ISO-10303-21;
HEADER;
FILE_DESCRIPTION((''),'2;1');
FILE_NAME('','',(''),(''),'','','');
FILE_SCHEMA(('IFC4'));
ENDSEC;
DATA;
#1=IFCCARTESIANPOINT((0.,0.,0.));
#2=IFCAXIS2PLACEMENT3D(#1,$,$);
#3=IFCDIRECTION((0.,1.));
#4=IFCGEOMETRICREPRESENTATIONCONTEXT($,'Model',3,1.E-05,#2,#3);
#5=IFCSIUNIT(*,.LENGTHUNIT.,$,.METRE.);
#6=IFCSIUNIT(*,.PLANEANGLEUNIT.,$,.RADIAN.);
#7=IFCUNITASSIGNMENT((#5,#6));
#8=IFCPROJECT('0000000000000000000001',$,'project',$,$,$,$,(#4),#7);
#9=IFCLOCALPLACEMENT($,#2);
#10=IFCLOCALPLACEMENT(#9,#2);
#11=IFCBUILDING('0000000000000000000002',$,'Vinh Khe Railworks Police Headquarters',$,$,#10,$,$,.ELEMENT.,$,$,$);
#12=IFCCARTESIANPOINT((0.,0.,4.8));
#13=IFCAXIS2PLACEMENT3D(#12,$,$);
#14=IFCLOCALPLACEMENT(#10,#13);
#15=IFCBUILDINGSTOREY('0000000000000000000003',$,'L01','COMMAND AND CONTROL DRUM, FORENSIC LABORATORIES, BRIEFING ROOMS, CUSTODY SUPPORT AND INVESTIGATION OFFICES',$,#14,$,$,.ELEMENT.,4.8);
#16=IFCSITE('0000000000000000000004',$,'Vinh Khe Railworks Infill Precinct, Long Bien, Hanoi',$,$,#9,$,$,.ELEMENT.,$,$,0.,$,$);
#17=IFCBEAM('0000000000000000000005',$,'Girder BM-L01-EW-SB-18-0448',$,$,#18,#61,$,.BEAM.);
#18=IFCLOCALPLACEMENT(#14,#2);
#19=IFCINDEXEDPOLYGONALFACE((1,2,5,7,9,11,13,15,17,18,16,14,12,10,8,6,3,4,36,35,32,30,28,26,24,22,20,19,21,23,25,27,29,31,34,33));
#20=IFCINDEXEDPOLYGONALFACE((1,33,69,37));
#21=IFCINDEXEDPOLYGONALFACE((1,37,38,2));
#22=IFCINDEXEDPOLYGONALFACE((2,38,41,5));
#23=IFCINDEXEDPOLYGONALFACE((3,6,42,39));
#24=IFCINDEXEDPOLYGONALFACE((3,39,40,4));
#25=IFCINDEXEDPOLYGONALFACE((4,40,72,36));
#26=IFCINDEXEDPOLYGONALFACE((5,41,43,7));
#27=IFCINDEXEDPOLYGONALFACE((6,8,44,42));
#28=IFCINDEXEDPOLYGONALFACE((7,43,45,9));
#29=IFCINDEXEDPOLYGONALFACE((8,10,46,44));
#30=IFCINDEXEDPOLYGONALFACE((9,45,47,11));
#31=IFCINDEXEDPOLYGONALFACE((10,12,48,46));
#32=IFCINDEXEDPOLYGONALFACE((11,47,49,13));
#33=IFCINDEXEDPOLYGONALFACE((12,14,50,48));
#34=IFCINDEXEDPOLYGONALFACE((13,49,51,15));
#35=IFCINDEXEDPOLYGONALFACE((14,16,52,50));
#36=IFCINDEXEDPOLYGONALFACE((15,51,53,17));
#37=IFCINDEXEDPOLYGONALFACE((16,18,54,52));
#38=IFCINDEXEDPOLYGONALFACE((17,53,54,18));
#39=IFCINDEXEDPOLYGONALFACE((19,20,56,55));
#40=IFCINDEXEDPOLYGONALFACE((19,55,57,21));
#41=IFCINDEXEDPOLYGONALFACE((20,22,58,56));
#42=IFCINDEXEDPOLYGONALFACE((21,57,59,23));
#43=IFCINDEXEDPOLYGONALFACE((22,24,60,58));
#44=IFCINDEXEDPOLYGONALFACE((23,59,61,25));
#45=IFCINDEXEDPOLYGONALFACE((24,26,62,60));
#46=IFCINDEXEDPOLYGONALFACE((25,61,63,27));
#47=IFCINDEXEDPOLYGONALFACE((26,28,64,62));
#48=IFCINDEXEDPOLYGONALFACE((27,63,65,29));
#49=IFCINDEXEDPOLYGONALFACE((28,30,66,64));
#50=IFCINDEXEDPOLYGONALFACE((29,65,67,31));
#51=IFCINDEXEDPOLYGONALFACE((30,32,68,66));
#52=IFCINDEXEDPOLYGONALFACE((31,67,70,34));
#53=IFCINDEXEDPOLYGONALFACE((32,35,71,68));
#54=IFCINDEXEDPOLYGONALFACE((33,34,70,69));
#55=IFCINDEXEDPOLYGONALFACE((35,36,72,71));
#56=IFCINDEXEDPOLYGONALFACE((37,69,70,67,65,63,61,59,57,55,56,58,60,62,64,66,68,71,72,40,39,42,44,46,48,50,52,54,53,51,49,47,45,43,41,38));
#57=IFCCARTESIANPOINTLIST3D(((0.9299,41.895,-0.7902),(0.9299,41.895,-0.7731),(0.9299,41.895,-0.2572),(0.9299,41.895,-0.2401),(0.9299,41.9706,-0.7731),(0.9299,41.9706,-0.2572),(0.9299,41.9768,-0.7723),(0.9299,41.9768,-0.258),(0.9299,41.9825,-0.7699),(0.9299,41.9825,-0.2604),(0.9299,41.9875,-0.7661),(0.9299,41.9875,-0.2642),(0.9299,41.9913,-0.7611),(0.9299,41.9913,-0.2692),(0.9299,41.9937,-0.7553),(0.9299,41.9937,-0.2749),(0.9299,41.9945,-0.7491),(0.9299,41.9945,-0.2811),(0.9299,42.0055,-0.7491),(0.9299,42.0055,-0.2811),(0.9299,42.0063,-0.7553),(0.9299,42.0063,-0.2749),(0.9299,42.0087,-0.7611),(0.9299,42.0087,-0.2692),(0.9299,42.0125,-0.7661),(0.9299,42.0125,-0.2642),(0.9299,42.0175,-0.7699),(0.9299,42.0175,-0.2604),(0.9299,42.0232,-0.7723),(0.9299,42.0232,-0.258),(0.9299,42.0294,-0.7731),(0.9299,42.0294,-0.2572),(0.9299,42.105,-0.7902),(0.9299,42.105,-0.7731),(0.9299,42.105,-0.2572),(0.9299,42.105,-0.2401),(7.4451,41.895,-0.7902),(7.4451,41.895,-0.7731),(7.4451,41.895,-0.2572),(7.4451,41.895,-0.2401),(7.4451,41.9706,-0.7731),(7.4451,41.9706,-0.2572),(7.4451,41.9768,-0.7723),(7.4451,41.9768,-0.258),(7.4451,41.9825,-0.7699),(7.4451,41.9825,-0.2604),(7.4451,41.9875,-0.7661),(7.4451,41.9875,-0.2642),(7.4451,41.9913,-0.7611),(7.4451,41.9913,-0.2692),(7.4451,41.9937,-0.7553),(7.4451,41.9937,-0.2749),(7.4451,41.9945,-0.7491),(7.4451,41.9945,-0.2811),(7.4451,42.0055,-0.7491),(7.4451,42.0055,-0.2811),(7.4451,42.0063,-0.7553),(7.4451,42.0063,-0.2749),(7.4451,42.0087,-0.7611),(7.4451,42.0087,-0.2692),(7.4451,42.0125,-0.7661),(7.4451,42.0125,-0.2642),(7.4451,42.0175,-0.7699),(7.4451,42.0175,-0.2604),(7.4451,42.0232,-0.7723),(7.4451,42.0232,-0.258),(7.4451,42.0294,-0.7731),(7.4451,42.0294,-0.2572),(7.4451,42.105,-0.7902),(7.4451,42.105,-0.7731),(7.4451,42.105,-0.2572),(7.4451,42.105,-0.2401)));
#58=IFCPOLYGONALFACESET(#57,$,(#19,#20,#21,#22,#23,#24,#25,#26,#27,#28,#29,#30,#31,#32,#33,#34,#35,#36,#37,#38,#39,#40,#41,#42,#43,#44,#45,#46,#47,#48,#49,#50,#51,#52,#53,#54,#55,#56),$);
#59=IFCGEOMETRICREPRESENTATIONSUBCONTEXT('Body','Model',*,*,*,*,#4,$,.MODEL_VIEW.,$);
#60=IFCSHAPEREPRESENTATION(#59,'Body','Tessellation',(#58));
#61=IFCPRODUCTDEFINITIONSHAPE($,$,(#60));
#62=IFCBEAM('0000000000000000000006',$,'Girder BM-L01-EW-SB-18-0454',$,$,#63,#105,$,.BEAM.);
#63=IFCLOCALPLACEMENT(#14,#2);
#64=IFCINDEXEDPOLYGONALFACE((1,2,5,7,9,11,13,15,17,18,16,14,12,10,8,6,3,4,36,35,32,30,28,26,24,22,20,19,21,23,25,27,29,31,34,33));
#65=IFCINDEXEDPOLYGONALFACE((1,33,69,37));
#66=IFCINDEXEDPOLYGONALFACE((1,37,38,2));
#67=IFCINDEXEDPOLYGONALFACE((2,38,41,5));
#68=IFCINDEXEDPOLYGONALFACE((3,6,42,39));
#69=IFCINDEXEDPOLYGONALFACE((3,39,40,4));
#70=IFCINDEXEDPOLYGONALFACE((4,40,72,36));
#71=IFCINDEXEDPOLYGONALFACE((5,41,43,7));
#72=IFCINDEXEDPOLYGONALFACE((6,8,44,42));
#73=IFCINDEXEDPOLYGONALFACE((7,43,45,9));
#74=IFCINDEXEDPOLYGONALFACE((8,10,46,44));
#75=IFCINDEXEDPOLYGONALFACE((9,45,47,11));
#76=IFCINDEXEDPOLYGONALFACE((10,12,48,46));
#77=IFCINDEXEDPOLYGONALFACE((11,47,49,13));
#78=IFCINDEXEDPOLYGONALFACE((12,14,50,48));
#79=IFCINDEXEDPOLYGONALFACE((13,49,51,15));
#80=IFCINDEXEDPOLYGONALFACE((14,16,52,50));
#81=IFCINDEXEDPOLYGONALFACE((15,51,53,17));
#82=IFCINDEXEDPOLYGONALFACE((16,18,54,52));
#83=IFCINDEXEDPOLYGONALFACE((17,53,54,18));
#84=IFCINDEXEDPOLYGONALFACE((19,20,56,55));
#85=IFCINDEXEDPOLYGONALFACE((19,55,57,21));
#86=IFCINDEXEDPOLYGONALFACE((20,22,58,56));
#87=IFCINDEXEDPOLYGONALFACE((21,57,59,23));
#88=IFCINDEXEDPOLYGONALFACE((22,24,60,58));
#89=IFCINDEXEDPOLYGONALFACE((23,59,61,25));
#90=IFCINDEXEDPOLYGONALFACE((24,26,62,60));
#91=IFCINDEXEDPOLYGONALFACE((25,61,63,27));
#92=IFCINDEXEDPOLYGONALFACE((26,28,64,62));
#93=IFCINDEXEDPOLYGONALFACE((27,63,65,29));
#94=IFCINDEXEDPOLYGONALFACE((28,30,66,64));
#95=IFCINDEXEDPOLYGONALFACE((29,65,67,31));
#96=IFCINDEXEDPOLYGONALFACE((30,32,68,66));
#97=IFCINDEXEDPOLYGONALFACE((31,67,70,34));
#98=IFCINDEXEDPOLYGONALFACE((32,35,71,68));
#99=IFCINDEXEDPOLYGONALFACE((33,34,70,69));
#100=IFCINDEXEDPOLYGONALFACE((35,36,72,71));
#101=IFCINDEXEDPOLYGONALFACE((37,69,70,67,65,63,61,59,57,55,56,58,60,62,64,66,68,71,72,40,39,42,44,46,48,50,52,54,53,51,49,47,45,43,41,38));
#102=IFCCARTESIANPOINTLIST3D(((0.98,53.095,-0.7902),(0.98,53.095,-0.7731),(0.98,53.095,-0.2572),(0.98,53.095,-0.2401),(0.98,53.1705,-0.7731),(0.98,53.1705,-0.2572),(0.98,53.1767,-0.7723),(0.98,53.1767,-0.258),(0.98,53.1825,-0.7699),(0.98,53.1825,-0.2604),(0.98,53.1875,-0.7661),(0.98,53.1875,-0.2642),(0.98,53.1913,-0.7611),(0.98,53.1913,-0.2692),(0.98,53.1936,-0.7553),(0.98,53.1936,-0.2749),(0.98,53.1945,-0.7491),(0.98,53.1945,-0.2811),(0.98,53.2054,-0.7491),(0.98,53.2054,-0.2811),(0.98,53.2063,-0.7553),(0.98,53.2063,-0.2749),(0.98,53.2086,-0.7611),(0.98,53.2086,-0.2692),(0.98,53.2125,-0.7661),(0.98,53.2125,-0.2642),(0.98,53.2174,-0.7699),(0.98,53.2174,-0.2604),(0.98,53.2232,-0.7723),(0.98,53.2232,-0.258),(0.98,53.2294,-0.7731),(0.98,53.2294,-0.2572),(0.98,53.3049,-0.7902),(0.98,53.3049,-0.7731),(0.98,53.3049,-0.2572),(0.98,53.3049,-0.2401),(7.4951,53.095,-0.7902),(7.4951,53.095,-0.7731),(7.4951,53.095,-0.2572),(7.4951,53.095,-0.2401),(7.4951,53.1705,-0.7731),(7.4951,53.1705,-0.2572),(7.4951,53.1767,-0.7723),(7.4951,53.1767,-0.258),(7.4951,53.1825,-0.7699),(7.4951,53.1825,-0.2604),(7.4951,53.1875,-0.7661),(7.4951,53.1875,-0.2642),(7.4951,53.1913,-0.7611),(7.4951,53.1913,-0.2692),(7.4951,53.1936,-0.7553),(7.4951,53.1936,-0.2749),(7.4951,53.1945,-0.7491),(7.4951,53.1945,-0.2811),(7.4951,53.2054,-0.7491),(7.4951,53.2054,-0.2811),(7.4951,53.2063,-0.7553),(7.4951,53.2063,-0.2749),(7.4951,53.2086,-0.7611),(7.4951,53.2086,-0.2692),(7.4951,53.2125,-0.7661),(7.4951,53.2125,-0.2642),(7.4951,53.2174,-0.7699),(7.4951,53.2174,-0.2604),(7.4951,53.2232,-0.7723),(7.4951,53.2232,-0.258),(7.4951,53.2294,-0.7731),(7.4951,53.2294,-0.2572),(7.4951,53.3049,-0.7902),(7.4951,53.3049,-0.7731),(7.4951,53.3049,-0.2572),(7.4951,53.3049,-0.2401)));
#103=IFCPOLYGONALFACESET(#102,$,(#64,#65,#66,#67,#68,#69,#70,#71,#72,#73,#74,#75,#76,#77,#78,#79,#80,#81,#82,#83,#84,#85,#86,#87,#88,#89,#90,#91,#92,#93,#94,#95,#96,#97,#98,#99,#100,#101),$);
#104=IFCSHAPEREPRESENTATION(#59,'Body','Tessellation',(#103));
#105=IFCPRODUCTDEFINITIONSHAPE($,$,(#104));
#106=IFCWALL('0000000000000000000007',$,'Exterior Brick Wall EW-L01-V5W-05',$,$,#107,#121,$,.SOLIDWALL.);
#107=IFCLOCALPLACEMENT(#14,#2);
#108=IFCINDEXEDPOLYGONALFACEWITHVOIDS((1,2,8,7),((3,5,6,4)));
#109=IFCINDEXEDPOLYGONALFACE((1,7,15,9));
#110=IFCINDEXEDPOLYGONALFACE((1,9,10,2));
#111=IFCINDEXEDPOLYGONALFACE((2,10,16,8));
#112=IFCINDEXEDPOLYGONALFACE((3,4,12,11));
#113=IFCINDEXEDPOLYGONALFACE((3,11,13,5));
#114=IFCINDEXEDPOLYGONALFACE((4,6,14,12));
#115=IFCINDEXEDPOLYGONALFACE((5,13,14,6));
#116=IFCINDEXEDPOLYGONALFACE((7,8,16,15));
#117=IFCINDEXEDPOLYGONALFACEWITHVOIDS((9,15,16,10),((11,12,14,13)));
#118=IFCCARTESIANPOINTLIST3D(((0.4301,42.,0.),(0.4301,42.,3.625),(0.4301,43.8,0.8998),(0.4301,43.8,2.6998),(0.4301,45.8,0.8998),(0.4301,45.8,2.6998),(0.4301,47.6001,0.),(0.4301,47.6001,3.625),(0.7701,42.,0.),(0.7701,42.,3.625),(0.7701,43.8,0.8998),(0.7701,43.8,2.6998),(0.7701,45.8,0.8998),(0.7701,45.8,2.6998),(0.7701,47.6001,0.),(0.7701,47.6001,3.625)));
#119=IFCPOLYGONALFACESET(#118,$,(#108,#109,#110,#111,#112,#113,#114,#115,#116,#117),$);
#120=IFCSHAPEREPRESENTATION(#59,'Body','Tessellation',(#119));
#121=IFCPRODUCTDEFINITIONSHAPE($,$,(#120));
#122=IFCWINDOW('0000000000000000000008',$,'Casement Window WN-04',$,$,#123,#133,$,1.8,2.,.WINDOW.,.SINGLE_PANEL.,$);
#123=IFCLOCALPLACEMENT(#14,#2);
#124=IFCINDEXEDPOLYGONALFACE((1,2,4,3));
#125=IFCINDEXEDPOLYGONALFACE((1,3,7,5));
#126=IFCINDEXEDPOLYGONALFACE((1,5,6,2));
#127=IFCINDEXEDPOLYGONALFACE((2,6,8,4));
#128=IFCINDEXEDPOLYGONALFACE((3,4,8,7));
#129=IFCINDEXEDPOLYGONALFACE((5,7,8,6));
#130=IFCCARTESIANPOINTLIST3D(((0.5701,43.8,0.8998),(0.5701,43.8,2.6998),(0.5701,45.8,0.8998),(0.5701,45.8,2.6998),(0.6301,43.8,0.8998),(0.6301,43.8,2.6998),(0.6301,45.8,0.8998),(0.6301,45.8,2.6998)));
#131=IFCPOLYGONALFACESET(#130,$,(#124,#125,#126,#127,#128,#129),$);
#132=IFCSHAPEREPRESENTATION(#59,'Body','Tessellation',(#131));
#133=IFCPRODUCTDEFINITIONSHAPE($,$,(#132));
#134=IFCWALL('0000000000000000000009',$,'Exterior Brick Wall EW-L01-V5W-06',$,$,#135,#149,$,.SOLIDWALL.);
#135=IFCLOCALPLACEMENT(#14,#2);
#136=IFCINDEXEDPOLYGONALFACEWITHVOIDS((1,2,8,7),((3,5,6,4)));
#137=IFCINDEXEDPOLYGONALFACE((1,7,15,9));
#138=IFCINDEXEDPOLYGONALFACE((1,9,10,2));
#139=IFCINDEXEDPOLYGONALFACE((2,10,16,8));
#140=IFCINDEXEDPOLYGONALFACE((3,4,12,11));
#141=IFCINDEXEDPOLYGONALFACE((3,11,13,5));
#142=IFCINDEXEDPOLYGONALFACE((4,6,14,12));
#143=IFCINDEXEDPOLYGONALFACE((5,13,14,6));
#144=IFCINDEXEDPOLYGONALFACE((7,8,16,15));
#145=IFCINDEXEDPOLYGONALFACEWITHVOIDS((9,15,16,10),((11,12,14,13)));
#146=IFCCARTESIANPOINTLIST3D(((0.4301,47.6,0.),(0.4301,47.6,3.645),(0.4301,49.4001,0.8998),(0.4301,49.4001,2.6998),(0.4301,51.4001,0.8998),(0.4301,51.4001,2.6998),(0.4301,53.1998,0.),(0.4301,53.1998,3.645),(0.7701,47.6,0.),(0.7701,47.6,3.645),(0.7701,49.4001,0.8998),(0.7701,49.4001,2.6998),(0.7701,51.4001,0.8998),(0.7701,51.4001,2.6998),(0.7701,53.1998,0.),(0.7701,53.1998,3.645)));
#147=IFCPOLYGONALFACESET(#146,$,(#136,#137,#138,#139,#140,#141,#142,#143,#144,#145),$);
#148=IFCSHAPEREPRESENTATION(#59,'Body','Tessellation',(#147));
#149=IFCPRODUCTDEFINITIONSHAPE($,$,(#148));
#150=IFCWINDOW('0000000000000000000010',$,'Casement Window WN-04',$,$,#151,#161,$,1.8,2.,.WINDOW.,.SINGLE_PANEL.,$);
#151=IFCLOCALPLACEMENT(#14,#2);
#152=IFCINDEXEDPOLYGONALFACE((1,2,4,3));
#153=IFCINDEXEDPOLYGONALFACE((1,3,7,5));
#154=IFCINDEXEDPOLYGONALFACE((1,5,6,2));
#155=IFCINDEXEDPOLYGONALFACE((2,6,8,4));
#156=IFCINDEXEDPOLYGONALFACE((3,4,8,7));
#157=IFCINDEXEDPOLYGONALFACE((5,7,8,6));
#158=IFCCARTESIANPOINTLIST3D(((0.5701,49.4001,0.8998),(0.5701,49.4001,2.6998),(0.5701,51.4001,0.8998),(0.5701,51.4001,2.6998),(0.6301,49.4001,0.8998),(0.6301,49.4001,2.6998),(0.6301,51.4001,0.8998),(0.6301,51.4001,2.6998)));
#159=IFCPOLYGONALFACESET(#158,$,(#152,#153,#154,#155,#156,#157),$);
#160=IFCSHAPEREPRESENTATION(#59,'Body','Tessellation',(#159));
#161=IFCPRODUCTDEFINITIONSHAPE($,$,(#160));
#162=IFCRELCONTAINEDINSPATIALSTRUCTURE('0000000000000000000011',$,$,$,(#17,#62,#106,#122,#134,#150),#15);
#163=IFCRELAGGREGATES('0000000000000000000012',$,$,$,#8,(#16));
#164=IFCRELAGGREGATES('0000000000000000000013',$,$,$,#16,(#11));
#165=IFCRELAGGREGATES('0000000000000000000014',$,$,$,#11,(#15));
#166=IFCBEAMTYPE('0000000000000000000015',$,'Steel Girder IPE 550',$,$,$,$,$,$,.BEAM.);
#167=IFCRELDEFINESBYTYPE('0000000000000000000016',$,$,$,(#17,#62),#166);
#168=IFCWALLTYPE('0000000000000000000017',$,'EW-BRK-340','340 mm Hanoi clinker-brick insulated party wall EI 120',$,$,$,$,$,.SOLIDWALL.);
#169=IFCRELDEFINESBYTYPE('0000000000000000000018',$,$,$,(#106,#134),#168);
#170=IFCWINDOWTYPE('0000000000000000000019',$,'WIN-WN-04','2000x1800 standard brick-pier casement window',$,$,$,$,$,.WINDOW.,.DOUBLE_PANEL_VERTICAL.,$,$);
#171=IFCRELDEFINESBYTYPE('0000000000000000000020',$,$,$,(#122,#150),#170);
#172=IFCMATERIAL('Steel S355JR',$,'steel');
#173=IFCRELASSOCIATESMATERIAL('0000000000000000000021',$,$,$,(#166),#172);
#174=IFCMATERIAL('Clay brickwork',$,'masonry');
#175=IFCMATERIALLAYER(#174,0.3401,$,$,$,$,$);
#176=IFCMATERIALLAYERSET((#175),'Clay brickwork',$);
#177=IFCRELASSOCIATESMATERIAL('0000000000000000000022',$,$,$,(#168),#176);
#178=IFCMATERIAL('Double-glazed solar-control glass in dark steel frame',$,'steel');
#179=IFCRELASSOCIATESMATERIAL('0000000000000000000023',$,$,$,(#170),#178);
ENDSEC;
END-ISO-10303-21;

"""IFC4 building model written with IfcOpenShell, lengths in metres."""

from ifc_helpers import new_model, si_unit, direction, frame, frame_2d, origin, origin_2d, place, context, subcontext, project, spatial, rectangle, i_section, extrude, material, layer, layer_set, material_profile, profile_set, type_object, element, fill, save


model = new_model("IFC4")

# Units and contexts
model_context = context("Model", 3, precision=1e-05, world=origin(), true_north=direction((0.0, 1.0)))
body_context = subcontext(model_context, "Body", "Model", "MODEL_VIEW")
ifc_project = project(units=[si_unit("LENGTHUNIT", "METRE"), si_unit("PLANEANGLEUNIT", "RADIAN")], contexts=[model_context])

# Site, building, storey
site_placement = place(None, origin())
site = spatial("IfcSite", under=ifc_project, at=site_placement, Name="Vinh Khe Railworks Infill Precinct, Long Bien, Hanoi", CompositionType="ELEMENT", RefElevation=0.0)
building_placement = place(site_placement, origin())
building = spatial("IfcBuilding", under=site, at=building_placement, Name="Vinh Khe Railworks Police Headquarters", CompositionType="ELEMENT")
storey_placement = place(building_placement, frame((0.0, 0.0, 4.8)))
storey = spatial("IfcBuildingStorey", under=building, at=storey_placement, Name="L01", Description="COMMAND AND CONTROL DRUM, FORENSIC LABORATORIES, BRIEFING ROOMS, CUSTODY SUPPORT AND INVESTIGATION OFFICES", CompositionType="ELEMENT", Elevation=4.8)

# Beams
ifc_material_1 = material(Name="Steel S355JR", Category="steel")
ifc_material_profile_1 = material_profile(ifc_material_1, i_section(OverallWidth=0.21, OverallDepth=0.55, WebThickness=0.011, FlangeThickness=0.0171, FilletRadius=0.0239, at=origin_2d()), Name="IPE 550")
ifc_profile_set_1 = profile_set([ifc_material_profile_1], Name="Steel S355JR")
beam_type_1 = type_object("IfcBeamType", Name="Steel Girder IPE 550", PredefinedType="BEAM", material=ifc_profile_set_1)
for number, where, z_axis, x_axis, name in (
    (1, (0.9299, 42.0, -0.5151), (1.0, 0.0, 0.0), (0.0, 1.0, 0.0), "Girder BM-L01-EW-SB-18-0448"),
    (2, (0.98, 53.2, -0.5151), (1.0, 0.0, 0.0), (0.0, 1.0, 0.0), "Girder BM-L01-EW-SB-18-0454"),
):
    element("IfcBeam", number, at=place(storey_placement, frame(where, z_axis=z_axis, x_axis=x_axis)), inside=storey, type_object=beam_type_1, Name=name, PredefinedType="BEAM", context=body_context, shape_type="SweptSolid", body=[
        extrude(i_section(OverallWidth=0.21, OverallDepth=0.55, WebThickness=0.011, FlangeThickness=0.0171, FilletRadius=0.0239, at=origin_2d()), origin(), (0.0, 0.0, 1.0), 6.5151),
    ])

# Walls, openings, windows
ifc_material_2 = material(Name="Clay brickwork", Category="masonry")
ifc_layer = layer(ifc_material_2, 0.3401)
ifc_layer_set = layer_set([ifc_layer], Name="Clay brickwork")
wall_type = type_object("IfcWallType", Name="EW-BRK-340", Description="340 mm Hanoi clinker-brick insulated party wall EI 120", PredefinedType="SOLIDWALL", material=ifc_layer_set)
wall_1_placement = place(storey_placement, frame((0.6001, 42.0, 0.0), z_axis=(0.0, 0.0, 1.0), x_axis=(0.0, 1.0, 0.0)))
wall_1 = element("IfcWall", 3, at=wall_1_placement, inside=storey, type_object=wall_type, Name="Exterior Brick Wall EW-L01-V5W-05", PredefinedType="SOLIDWALL", context=body_context, shape_type="SweptSolid", body=[
    extrude(rectangle(XDim=5.6001, YDim=0.3401, at=frame_2d((2.8, 0.0))), origin(), (0.0, 0.0, 1.0), 3.625),
])
opening_1_placement = place(wall_1_placement, frame((1.8, 0.0, 0.8999)))
opening_1 = element("IfcOpeningElement", 4, at=opening_1_placement, cuts=wall_1, PredefinedType="OPENING", context=body_context, shape_type="SweptSolid", body=[
    extrude(rectangle(XDim=2.0, YDim=1.8, at=frame_2d((1.0, 0.8999))), frame((0.0, 0.1851, 0.0), z_axis=(0.0, -1.0, 0.0), x_axis=(1.0, 0.0, 0.0)), (0.0, 0.0, 1.0), 0.3699),
])
ifc_material_3 = material(Name="Double-glazed solar-control glass in dark steel frame", Category="steel")
window_type = type_object("IfcWindowType", Name="WIN-WN-04", Description="2000x1800 standard brick-pier casement window", PartitioningType="DOUBLE_PANEL_VERTICAL", PredefinedType="WINDOW", material=ifc_material_3)
window_1_placement = place(opening_1_placement, origin())
window_1 = element("IfcWindow", 5, at=window_1_placement, inside=storey, type_object=window_type, Name="Casement Window WN-04", OverallHeight=1.8, OverallWidth=2.0, PartitioningType="SINGLE_PANEL", PredefinedType="WINDOW", context=body_context, shape_type="SweptSolid", body=[
    extrude(rectangle(XDim=2.0, YDim=1.8, at=frame_2d((1.0, 0.8999))), frame((0.0, 0.03, 0.0), z_axis=(0.0, -1.0, 0.0), x_axis=(1.0, 0.0, 0.0)), (0.0, 0.0, 1.0), 0.0601),
])
fill(opening_1, window_1)
wall_2_placement = place(storey_placement, frame((0.6001, 47.6001, 0.0), z_axis=(0.0, 0.0, 1.0), x_axis=(0.0, 1.0, 0.0)))
wall_2 = element("IfcWall", 6, at=wall_2_placement, inside=storey, type_object=wall_type, Name="Exterior Brick Wall EW-L01-V5W-06", PredefinedType="SOLIDWALL", context=body_context, shape_type="SweptSolid", body=[
    extrude(rectangle(XDim=5.5999, YDim=0.3401, at=frame_2d((2.7998, 0.0))), origin(), (0.0, 0.0, 1.0), 3.645),
])
opening_2_placement = place(wall_2_placement, frame((1.8, 0.0, 0.8999)))
opening_2 = element("IfcOpeningElement", 7, at=opening_2_placement, cuts=wall_2, PredefinedType="OPENING", context=body_context, shape_type="SweptSolid", body=[
    extrude(rectangle(XDim=2.0, YDim=1.8, at=frame_2d((1.0, 0.8999))), frame((0.0, 0.1851, 0.0), z_axis=(0.0, -1.0, 0.0), x_axis=(1.0, 0.0, 0.0)), (0.0, 0.0, 1.0), 0.3699),
])
window_2_placement = place(opening_2_placement, origin())
window_2 = element("IfcWindow", 8, at=window_2_placement, inside=storey, type_object=window_type, Name="Casement Window WN-04", OverallHeight=1.8, OverallWidth=2.0, PartitioningType="SINGLE_PANEL", PredefinedType="WINDOW", context=body_context, shape_type="SweptSolid", body=[
    extrude(rectangle(XDim=2.0, YDim=1.8, at=frame_2d((1.0, 0.8999))), frame((0.0, 0.03, 0.0), z_axis=(0.0, -1.0, 0.0), x_axis=(1.0, 0.0, 0.0)), (0.0, 0.0, 1.0), 0.0601),
])
fill(opening_2, window_2)

save(model, "model.ifc")
